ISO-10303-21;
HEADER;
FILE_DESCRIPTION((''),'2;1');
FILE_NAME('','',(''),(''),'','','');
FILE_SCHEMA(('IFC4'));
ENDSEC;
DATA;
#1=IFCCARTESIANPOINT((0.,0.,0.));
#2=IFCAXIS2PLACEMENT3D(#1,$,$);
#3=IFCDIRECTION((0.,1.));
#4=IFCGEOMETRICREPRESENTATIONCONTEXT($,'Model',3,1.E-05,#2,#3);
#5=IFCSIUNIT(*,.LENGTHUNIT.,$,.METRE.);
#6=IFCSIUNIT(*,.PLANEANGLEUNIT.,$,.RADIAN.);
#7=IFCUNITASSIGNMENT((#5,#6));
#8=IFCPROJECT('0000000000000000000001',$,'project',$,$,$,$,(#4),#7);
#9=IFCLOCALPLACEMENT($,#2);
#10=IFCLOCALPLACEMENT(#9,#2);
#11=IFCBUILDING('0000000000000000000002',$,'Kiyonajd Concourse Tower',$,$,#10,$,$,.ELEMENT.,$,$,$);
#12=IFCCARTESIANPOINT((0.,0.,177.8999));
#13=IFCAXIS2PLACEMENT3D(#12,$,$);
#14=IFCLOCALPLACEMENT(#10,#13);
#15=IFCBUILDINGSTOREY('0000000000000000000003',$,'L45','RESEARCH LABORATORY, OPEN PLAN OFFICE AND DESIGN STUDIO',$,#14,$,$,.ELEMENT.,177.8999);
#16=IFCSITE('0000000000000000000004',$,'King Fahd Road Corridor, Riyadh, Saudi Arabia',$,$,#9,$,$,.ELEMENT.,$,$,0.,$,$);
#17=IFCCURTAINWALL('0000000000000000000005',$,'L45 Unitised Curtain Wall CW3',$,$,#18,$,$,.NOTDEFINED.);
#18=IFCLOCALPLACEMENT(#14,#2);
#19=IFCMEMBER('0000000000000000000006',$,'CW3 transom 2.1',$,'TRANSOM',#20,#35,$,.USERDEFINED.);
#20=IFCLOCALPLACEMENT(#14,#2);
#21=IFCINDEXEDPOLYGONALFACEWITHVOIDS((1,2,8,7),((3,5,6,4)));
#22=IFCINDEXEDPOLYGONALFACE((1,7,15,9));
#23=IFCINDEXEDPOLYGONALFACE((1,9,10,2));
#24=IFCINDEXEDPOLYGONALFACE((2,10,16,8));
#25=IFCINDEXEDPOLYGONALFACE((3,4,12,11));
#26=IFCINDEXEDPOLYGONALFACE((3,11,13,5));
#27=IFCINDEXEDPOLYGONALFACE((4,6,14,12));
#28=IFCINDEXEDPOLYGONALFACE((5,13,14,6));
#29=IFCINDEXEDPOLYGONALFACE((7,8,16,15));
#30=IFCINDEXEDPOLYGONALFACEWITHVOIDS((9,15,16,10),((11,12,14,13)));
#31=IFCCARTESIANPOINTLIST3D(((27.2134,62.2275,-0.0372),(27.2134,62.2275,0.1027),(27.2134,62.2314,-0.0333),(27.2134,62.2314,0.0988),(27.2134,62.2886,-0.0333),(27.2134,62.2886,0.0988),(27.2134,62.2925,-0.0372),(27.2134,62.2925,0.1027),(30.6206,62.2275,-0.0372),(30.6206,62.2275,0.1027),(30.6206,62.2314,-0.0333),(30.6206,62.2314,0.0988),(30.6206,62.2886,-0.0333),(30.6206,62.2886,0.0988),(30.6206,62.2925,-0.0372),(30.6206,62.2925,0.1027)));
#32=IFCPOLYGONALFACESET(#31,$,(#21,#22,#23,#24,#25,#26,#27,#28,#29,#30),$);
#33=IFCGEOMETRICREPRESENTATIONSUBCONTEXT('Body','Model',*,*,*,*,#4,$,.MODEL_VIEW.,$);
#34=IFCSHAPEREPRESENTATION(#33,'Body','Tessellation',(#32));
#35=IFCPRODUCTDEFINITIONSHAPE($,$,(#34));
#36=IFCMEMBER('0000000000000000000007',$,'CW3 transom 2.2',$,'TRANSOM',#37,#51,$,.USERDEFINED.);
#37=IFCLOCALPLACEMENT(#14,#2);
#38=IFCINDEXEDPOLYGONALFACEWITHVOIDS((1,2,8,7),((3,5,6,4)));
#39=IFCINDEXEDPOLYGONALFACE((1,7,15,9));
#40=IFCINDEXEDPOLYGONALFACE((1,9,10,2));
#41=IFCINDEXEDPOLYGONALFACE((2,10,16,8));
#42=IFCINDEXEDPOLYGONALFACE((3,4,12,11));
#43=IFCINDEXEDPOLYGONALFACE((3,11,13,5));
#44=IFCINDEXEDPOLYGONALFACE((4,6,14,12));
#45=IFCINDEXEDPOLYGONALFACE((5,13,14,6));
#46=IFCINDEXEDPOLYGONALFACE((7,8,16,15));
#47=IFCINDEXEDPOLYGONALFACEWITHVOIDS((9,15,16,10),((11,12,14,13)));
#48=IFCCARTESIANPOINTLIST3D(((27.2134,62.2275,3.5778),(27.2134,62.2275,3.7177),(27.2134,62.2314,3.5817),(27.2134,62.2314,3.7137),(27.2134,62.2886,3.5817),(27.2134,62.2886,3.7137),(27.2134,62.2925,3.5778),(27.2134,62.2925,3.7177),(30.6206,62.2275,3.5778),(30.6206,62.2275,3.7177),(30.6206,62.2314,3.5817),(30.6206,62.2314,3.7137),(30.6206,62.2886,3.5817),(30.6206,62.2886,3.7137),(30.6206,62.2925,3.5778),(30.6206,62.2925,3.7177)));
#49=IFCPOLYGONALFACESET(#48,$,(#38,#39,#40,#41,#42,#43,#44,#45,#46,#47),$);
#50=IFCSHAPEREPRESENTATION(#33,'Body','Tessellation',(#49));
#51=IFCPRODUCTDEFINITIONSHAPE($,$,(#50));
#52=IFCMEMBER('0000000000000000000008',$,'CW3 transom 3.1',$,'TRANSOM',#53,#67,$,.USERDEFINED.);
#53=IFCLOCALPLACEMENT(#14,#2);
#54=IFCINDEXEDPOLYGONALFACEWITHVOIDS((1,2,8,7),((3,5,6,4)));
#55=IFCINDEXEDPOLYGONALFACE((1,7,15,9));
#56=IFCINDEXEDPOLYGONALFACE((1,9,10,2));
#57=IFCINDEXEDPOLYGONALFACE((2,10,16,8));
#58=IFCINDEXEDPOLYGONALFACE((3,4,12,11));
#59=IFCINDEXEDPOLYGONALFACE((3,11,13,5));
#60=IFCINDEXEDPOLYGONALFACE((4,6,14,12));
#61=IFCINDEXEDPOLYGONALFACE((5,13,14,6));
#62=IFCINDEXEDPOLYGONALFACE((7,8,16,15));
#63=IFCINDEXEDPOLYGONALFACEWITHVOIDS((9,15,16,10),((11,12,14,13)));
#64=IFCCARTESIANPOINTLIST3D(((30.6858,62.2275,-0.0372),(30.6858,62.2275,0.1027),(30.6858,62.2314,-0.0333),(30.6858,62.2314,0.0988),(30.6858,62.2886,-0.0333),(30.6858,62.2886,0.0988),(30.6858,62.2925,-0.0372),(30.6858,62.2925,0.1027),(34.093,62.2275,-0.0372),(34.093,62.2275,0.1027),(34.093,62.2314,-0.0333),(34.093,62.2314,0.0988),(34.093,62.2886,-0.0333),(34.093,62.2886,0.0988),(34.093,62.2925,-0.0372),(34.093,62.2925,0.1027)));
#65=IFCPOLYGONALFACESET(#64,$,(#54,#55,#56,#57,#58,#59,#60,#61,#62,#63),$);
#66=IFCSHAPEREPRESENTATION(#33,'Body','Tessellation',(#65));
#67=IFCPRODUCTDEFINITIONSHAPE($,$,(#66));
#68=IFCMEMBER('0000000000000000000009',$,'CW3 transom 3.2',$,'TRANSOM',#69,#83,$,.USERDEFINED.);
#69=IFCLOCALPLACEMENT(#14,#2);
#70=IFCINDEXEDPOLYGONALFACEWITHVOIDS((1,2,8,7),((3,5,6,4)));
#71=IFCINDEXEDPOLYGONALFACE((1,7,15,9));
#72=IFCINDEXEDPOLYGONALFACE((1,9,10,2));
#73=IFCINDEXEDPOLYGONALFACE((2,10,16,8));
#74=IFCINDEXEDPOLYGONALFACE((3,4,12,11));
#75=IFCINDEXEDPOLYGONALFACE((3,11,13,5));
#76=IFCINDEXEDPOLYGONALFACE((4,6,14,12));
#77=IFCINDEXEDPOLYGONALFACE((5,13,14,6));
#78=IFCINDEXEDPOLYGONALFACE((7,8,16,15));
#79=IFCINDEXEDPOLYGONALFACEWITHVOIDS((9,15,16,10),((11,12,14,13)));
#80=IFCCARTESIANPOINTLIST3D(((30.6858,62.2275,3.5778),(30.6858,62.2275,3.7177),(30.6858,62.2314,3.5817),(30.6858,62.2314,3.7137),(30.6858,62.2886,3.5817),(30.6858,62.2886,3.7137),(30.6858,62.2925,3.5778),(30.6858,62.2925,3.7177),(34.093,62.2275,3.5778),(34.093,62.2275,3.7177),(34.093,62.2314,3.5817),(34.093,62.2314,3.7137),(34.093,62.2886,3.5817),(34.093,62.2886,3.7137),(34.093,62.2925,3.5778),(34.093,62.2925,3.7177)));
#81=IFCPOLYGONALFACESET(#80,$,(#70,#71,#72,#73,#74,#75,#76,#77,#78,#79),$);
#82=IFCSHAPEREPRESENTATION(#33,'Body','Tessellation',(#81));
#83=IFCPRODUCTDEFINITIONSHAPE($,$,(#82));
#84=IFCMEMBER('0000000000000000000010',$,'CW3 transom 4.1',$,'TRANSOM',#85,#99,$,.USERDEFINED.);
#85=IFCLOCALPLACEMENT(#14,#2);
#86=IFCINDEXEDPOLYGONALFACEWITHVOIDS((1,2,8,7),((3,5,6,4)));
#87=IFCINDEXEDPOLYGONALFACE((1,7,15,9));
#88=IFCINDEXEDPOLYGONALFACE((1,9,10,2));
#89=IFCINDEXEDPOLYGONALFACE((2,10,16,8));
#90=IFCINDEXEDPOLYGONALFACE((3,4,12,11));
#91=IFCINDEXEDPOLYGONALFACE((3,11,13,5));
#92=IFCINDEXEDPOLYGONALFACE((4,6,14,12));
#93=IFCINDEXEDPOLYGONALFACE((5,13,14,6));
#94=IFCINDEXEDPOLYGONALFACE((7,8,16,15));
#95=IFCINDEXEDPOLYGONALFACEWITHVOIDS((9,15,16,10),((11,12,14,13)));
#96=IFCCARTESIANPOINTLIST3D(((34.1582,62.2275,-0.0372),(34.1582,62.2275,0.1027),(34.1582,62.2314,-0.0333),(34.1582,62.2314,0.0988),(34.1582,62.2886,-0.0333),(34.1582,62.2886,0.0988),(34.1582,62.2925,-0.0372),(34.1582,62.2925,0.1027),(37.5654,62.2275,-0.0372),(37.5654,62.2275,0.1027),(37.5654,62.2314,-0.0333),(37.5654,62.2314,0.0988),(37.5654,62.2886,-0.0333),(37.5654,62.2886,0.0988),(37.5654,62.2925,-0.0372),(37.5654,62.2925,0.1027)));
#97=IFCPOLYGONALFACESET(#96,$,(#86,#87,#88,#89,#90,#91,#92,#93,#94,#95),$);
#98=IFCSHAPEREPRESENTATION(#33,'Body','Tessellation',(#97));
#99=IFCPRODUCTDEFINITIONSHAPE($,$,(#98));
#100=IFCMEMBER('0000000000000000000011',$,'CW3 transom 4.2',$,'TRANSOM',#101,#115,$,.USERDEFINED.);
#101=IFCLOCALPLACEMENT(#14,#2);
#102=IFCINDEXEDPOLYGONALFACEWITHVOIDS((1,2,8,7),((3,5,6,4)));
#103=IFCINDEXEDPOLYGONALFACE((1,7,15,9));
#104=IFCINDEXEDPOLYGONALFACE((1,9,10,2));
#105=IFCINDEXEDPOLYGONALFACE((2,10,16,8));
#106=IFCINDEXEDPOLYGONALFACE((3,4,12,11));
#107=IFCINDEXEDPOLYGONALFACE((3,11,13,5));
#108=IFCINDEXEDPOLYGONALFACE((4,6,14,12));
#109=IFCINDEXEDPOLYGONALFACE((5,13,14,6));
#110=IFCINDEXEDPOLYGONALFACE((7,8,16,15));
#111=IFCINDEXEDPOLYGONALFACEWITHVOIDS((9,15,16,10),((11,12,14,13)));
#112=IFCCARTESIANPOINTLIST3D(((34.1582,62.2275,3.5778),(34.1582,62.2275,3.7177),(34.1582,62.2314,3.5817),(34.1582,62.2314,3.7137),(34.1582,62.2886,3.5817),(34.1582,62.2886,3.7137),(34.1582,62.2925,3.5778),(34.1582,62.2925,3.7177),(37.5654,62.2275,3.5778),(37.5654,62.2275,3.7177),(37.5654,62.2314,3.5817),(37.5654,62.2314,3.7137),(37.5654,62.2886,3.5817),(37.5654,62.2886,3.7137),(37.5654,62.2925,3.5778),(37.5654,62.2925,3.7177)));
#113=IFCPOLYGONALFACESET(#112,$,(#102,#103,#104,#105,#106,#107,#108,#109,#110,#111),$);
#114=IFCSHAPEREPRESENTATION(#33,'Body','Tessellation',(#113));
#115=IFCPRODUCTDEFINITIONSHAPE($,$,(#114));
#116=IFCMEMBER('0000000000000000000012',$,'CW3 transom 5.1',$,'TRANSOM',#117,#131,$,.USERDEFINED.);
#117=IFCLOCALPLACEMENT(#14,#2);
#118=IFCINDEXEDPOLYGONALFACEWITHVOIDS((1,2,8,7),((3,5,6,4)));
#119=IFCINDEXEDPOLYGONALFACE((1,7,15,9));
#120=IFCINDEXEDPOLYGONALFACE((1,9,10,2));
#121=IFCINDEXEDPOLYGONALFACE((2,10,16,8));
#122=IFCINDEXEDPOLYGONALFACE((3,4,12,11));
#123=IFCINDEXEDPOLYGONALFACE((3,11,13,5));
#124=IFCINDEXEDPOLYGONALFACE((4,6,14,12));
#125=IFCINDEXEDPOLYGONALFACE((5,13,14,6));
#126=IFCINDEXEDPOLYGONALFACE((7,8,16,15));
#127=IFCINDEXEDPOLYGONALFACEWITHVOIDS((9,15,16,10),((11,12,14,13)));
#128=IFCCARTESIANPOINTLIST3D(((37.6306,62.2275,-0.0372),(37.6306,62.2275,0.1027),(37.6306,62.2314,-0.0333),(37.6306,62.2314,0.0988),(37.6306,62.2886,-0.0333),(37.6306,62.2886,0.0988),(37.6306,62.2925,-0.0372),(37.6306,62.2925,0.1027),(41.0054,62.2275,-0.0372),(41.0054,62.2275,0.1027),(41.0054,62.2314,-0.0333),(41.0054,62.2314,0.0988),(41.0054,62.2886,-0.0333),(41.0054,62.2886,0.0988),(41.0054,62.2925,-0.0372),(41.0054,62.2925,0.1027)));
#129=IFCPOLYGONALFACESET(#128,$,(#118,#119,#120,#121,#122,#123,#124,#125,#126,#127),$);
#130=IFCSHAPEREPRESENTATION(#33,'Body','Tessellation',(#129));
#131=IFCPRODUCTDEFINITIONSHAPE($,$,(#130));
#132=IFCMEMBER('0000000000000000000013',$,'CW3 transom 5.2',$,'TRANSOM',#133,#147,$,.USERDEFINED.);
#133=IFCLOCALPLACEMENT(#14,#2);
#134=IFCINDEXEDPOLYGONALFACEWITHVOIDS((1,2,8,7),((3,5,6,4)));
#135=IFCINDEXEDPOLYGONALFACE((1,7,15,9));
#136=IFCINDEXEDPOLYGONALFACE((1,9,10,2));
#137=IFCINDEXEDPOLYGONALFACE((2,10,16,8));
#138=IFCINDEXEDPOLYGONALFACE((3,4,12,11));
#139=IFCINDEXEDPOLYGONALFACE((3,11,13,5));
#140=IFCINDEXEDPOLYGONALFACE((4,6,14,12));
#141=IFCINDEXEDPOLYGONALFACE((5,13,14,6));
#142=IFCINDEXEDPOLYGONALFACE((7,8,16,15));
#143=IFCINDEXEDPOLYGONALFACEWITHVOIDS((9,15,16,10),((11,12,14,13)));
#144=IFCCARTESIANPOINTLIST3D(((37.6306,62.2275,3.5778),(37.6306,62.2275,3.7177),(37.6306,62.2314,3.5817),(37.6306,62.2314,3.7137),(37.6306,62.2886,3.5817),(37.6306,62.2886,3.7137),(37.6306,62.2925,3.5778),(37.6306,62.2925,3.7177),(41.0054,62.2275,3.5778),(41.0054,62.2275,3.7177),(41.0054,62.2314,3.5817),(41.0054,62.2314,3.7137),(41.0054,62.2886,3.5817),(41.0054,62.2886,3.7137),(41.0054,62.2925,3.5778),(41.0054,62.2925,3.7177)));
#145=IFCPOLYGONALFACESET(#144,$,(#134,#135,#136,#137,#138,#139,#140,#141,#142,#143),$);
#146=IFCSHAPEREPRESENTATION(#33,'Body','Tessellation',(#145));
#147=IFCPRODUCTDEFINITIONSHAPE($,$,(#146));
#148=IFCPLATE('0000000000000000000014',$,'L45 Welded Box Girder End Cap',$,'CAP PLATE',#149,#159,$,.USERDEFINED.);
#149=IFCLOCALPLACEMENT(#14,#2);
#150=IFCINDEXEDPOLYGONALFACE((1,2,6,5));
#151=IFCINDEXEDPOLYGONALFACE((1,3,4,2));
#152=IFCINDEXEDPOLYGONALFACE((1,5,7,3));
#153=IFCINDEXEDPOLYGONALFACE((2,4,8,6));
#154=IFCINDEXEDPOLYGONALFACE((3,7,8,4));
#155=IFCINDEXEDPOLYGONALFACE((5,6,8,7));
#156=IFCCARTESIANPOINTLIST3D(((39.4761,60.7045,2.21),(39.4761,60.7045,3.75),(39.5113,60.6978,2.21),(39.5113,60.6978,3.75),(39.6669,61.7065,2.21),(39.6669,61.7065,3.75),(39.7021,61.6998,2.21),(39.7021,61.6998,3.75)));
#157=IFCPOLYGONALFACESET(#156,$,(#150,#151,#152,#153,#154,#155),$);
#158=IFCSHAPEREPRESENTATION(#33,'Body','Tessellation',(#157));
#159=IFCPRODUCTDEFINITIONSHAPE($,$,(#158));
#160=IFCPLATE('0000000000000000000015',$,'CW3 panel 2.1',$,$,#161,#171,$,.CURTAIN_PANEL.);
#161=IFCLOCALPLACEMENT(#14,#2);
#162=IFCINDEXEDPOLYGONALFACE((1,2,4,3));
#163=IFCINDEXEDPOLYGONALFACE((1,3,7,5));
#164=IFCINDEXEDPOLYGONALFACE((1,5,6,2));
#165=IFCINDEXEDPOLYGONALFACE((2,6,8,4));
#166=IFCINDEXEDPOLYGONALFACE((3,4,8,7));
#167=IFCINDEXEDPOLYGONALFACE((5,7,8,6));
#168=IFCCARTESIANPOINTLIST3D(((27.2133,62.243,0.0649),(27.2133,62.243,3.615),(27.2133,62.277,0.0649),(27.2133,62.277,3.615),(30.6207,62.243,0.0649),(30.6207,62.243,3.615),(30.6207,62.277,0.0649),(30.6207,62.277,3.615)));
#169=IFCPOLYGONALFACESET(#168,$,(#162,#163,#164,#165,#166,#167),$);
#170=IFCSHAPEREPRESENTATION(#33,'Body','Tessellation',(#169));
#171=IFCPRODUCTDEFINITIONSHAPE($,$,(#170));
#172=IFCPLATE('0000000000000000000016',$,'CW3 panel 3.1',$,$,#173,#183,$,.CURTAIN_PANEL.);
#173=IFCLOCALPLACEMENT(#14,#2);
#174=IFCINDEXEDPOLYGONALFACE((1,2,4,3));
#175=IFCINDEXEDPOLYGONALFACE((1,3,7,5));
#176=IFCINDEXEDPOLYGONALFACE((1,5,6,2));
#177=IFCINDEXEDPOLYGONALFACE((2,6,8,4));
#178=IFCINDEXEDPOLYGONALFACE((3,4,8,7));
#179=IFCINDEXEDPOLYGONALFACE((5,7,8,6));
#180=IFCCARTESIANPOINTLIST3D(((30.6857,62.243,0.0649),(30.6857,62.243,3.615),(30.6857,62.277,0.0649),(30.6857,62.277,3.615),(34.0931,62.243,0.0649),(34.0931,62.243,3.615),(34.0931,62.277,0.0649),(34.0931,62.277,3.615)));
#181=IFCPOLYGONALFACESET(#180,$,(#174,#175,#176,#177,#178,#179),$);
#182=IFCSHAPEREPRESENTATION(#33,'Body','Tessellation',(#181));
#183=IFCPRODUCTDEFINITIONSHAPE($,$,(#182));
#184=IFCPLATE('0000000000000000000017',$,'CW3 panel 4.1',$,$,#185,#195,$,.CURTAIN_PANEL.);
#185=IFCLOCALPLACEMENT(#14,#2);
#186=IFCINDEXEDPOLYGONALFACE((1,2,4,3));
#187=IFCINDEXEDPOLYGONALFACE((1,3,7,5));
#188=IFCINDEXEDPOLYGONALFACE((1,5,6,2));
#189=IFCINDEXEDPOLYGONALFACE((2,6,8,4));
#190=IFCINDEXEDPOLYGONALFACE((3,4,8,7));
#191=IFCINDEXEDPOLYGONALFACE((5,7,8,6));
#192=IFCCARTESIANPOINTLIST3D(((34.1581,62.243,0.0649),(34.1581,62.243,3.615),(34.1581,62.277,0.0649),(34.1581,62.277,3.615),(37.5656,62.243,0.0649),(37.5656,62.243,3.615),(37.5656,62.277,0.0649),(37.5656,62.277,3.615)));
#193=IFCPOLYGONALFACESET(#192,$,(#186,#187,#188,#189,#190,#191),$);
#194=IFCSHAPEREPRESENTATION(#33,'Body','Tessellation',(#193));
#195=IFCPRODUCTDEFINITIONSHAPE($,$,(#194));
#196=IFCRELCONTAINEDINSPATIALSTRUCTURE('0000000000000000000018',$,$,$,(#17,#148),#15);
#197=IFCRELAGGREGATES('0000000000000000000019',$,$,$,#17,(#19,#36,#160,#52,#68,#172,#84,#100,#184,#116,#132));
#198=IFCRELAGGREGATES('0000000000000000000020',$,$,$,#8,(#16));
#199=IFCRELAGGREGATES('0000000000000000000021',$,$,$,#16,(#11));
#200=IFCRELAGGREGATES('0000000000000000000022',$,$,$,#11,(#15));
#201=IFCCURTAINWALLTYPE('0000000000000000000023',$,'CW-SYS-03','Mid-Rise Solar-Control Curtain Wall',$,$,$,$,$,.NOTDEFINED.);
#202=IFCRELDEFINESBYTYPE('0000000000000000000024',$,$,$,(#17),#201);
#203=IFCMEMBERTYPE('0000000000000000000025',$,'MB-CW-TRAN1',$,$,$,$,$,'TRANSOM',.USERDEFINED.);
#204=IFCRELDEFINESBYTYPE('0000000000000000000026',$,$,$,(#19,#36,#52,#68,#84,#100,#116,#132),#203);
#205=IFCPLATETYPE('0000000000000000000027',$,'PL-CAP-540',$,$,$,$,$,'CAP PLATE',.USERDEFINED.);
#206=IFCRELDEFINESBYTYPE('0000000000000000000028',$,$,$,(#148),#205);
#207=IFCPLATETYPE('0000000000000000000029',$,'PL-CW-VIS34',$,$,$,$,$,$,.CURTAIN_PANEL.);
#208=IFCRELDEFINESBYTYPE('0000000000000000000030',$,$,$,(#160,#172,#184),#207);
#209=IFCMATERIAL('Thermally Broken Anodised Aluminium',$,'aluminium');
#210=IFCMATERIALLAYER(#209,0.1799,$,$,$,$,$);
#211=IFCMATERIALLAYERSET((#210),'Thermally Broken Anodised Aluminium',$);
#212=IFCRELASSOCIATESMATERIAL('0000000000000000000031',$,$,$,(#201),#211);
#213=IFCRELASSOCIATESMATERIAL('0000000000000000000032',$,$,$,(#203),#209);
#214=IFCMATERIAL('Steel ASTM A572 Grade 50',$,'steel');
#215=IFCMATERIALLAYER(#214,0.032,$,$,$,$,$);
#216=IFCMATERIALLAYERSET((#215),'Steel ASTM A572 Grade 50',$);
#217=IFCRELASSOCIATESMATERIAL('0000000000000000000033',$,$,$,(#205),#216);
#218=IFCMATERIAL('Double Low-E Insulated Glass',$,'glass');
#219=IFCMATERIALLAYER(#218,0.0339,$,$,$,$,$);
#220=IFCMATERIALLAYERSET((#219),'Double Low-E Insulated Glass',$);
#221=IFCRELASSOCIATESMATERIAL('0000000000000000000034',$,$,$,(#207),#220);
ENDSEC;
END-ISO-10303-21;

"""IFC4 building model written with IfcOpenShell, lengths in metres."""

from ifc_helpers import new_model, si_unit, direction, frame, origin, origin_2d, place, context, subcontext, project, spatial, rectangle, hollow_rectangle, extrude, material, layer, layer_set, material_profile, profile_set, type_object, element, aggregate, save


model = new_model("IFC4")

# Units and contexts
model_context = context("Model", 3, precision=1e-05, world=origin(), true_north=direction((0.0, 1.0)))
body_context = subcontext(model_context, "Body", "Model", "MODEL_VIEW")
ifc_project = project(units=[si_unit("LENGTHUNIT", "METRE"), si_unit("PLANEANGLEUNIT", "RADIAN")], contexts=[model_context])

# Site, building, storey
site_placement = place(None, origin())
site = spatial("IfcSite", under=ifc_project, at=site_placement, Name="King Fahd Road Corridor, Riyadh, Saudi Arabia", CompositionType="ELEMENT", RefElevation=0.0)
building_placement = place(site_placement, origin())
building = spatial("IfcBuilding", under=site, at=building_placement, Name="Kiyonajd Concourse Tower", CompositionType="ELEMENT")
storey_placement = place(building_placement, frame((0.0, 0.0, 177.8999)))
storey = spatial("IfcBuildingStorey", under=building, at=storey_placement, Name="L45", Description="RESEARCH LABORATORY, OPEN PLAN OFFICE AND DESIGN STUDIO", CompositionType="ELEMENT", Elevation=177.8999)

# Curtain wall, members
ifc_material_1 = material(Name="Thermally Broken Anodised Aluminium", Category="aluminium")
ifc_layer_1 = layer(ifc_material_1, 0.1799)
ifc_layer_set_1 = layer_set([ifc_layer_1], Name="Thermally Broken Anodised Aluminium")
curtain_wall_type = type_object("IfcCurtainWallType", Name="CW-SYS-03", Description="Mid-Rise Solar-Control Curtain Wall", PredefinedType="NOTDEFINED", material=ifc_layer_set_1)
curtain_wall_placement = place(storey_placement, origin())
curtain_wall = element("IfcCurtainWall", 1, at=curtain_wall_placement, inside=storey, type_object=curtain_wall_type, Name="L45 Unitised Curtain Wall CW3", PredefinedType="NOTDEFINED")
ifc_material_profile_1 = material_profile(ifc_material_1, hollow_rectangle(XDim=0.0649, YDim=0.1399, WallThickness=0.0039, at=origin_2d()), Name="TRAN-65x140")
ifc_profile_set_1 = profile_set([ifc_material_profile_1], Name="Thermally Broken Anodised Aluminium")
member_type_1 = type_object("IfcMemberType", Name="MB-CW-TRAN1", ElementType="TRANSOM", PredefinedType="USERDEFINED", material=ifc_profile_set_1)
member_1_placement = place(storey_placement, frame((27.2134, 62.26, 0.0327), z_axis=(1.0, 0.0, 0.0), x_axis=(0.0, 1.0, 0.0)))
member_1 = element("IfcMember", 2, at=member_1_placement, type_object=member_type_1, Name="CW3 transom 2.1", ObjectType="TRANSOM", PredefinedType="USERDEFINED", context=body_context, shape_type="SweptSolid", body=[
    extrude(hollow_rectangle(XDim=0.0649, YDim=0.1399, WallThickness=0.0039, at=origin_2d()), origin(), (0.0, 0.0, 1.0), 3.4072),
])
member_2_placement = place(storey_placement, frame((27.2134, 62.26, 3.6477), z_axis=(1.0, 0.0, 0.0), x_axis=(0.0, 1.0, 0.0)))
member_2 = element("IfcMember", 3, at=member_2_placement, type_object=member_type_1, Name="CW3 transom 2.2", ObjectType="TRANSOM", PredefinedType="USERDEFINED", context=body_context, shape_type="SweptSolid", body=[
    extrude(hollow_rectangle(XDim=0.0649, YDim=0.1399, WallThickness=0.0039, at=origin_2d()), origin(), (0.0, 0.0, 1.0), 3.4072),
])
member_3_placement = place(storey_placement, frame((30.6858, 62.26, 0.0327), z_axis=(1.0, 0.0, 0.0), x_axis=(0.0, 1.0, 0.0)))
member_3 = element("IfcMember", 4, at=member_3_placement, type_object=member_type_1, Name="CW3 transom 3.1", ObjectType="TRANSOM", PredefinedType="USERDEFINED", context=body_context, shape_type="SweptSolid", body=[
    extrude(hollow_rectangle(XDim=0.0649, YDim=0.1399, WallThickness=0.0039, at=origin_2d()), origin(), (0.0, 0.0, 1.0), 3.4072),
])
member_4_placement = place(storey_placement, frame((30.6858, 62.26, 3.6477), z_axis=(1.0, 0.0, 0.0), x_axis=(0.0, 1.0, 0.0)))
member_4 = element("IfcMember", 5, at=member_4_placement, type_object=member_type_1, Name="CW3 transom 3.2", ObjectType="TRANSOM", PredefinedType="USERDEFINED", context=body_context, shape_type="SweptSolid", body=[
    extrude(hollow_rectangle(XDim=0.0649, YDim=0.1399, WallThickness=0.0039, at=origin_2d()), origin(), (0.0, 0.0, 1.0), 3.4072),
])
member_5_placement = place(storey_placement, frame((34.1582, 62.26, 0.0327), z_axis=(1.0, 0.0, 0.0), x_axis=(0.0, 1.0, 0.0)))
member_5 = element("IfcMember", 6, at=member_5_placement, type_object=member_type_1, Name="CW3 transom 4.1", ObjectType="TRANSOM", PredefinedType="USERDEFINED", context=body_context, shape_type="SweptSolid", body=[
    extrude(hollow_rectangle(XDim=0.0649, YDim=0.1399, WallThickness=0.0039, at=origin_2d()), origin(), (0.0, 0.0, 1.0), 3.4072),
])
member_6_placement = place(storey_placement, frame((34.1582, 62.26, 3.6477), z_axis=(1.0, 0.0, 0.0), x_axis=(0.0, 1.0, 0.0)))
member_6 = element("IfcMember", 7, at=member_6_placement, type_object=member_type_1, Name="CW3 transom 4.2", ObjectType="TRANSOM", PredefinedType="USERDEFINED", context=body_context, shape_type="SweptSolid", body=[
    extrude(hollow_rectangle(XDim=0.0649, YDim=0.1399, WallThickness=0.0039, at=origin_2d()), origin(), (0.0, 0.0, 1.0), 3.4072),
])
member_7_placement = place(storey_placement, frame((37.6306, 62.26, 0.0327), z_axis=(1.0, 0.0, 0.0), x_axis=(0.0, 1.0, 0.0)))
member_7 = element("IfcMember", 8, at=member_7_placement, type_object=member_type_1, Name="CW3 transom 5.1", ObjectType="TRANSOM", PredefinedType="USERDEFINED", context=body_context, shape_type="SweptSolid", body=[
    extrude(hollow_rectangle(XDim=0.0649, YDim=0.1399, WallThickness=0.0039, at=origin_2d()), origin(), (0.0, 0.0, 1.0), 3.3748),
])
member_8_placement = place(storey_placement, frame((37.6306, 62.26, 3.6477), z_axis=(1.0, 0.0, 0.0), x_axis=(0.0, 1.0, 0.0)))
member_8 = element("IfcMember", 9, at=member_8_placement, type_object=member_type_1, Name="CW3 transom 5.2", ObjectType="TRANSOM", PredefinedType="USERDEFINED", context=body_context, shape_type="SweptSolid", body=[
    extrude(hollow_rectangle(XDim=0.0649, YDim=0.1399, WallThickness=0.0039, at=origin_2d()), origin(), (0.0, 0.0, 1.0), 3.3748),
])

# Plates
ifc_material_2 = material(Name="Steel ASTM A572 Grade 50", Category="steel")
ifc_layer_2 = layer(ifc_material_2, 0.032)
ifc_layer_set_2 = layer_set([ifc_layer_2], Name="Steel ASTM A572 Grade 50")
plate_type_1 = type_object("IfcPlateType", Name="PL-CAP-540", ElementType="CAP PLATE", PredefinedType="USERDEFINED", material=ifc_layer_set_2)
plate_1_placement = place(storey_placement, frame((39.5891, 61.2021, 2.21), z_axis=(0.0, 0.0, 1.0), x_axis=(-0.982353, 0.187038, 0.0)))
element("IfcPlate", 10, at=plate_1_placement, inside=storey, type_object=plate_type_1, Name="L45 Welded Box Girder End Cap", ObjectType="CAP PLATE", PredefinedType="USERDEFINED", context=body_context, shape_type="SweptSolid", body=[
    extrude(rectangle(XDim=0.0359, YDim=1.02, at=origin_2d()), origin(), (0.0, 0.0, 1.0), 1.54),
])
ifc_material_3 = material(Name="Double Low-E Insulated Glass", Category="glass")
ifc_layer_3 = layer(ifc_material_3, 0.0339)
ifc_layer_set_3 = layer_set([ifc_layer_3], Name="Double Low-E Insulated Glass")
plate_type_2 = type_object("IfcPlateType", Name="PL-CW-VIS34", PredefinedType="CURTAIN_PANEL", material=ifc_layer_set_3)
plate_2_placement = place(storey_placement, frame((28.917, 62.26, 0.0649), z_axis=(0.0, 0.0, 1.0), x_axis=(1.0, 0.0, 0.0)))
plate_2 = element("IfcPlate", 11, at=plate_2_placement, type_object=plate_type_2, Name="CW3 panel 2.1", PredefinedType="CURTAIN_PANEL", context=body_context, shape_type="SweptSolid", body=[
    extrude(rectangle(XDim=3.4075, YDim=0.0339, at=origin_2d()), origin(), (0.0, 0.0, 1.0), 3.55),
])
plate_3_placement = place(storey_placement, frame((32.3894, 62.26, 0.0649), z_axis=(0.0, 0.0, 1.0), x_axis=(1.0, 0.0, 0.0)))
plate_3 = element("IfcPlate", 12, at=plate_3_placement, type_object=plate_type_2, Name="CW3 panel 3.1", PredefinedType="CURTAIN_PANEL", context=body_context, shape_type="SweptSolid", body=[
    extrude(rectangle(XDim=3.4075, YDim=0.0339, at=origin_2d()), origin(), (0.0, 0.0, 1.0), 3.55),
])
plate_4_placement = place(storey_placement, frame((35.8618, 62.26, 0.0649), z_axis=(0.0, 0.0, 1.0), x_axis=(1.0, 0.0, 0.0)))
plate_4 = element("IfcPlate", 13, at=plate_4_placement, type_object=plate_type_2, Name="CW3 panel 4.1", PredefinedType="CURTAIN_PANEL", context=body_context, shape_type="SweptSolid", body=[
    extrude(rectangle(XDim=3.4075, YDim=0.0339, at=origin_2d()), origin(), (0.0, 0.0, 1.0), 3.55),
])
aggregate(curtain_wall, [member_1, member_2, plate_2, member_3, member_4, plate_3, member_5, member_6, plate_4, member_7, member_8])

save(model, "model.ifc")
